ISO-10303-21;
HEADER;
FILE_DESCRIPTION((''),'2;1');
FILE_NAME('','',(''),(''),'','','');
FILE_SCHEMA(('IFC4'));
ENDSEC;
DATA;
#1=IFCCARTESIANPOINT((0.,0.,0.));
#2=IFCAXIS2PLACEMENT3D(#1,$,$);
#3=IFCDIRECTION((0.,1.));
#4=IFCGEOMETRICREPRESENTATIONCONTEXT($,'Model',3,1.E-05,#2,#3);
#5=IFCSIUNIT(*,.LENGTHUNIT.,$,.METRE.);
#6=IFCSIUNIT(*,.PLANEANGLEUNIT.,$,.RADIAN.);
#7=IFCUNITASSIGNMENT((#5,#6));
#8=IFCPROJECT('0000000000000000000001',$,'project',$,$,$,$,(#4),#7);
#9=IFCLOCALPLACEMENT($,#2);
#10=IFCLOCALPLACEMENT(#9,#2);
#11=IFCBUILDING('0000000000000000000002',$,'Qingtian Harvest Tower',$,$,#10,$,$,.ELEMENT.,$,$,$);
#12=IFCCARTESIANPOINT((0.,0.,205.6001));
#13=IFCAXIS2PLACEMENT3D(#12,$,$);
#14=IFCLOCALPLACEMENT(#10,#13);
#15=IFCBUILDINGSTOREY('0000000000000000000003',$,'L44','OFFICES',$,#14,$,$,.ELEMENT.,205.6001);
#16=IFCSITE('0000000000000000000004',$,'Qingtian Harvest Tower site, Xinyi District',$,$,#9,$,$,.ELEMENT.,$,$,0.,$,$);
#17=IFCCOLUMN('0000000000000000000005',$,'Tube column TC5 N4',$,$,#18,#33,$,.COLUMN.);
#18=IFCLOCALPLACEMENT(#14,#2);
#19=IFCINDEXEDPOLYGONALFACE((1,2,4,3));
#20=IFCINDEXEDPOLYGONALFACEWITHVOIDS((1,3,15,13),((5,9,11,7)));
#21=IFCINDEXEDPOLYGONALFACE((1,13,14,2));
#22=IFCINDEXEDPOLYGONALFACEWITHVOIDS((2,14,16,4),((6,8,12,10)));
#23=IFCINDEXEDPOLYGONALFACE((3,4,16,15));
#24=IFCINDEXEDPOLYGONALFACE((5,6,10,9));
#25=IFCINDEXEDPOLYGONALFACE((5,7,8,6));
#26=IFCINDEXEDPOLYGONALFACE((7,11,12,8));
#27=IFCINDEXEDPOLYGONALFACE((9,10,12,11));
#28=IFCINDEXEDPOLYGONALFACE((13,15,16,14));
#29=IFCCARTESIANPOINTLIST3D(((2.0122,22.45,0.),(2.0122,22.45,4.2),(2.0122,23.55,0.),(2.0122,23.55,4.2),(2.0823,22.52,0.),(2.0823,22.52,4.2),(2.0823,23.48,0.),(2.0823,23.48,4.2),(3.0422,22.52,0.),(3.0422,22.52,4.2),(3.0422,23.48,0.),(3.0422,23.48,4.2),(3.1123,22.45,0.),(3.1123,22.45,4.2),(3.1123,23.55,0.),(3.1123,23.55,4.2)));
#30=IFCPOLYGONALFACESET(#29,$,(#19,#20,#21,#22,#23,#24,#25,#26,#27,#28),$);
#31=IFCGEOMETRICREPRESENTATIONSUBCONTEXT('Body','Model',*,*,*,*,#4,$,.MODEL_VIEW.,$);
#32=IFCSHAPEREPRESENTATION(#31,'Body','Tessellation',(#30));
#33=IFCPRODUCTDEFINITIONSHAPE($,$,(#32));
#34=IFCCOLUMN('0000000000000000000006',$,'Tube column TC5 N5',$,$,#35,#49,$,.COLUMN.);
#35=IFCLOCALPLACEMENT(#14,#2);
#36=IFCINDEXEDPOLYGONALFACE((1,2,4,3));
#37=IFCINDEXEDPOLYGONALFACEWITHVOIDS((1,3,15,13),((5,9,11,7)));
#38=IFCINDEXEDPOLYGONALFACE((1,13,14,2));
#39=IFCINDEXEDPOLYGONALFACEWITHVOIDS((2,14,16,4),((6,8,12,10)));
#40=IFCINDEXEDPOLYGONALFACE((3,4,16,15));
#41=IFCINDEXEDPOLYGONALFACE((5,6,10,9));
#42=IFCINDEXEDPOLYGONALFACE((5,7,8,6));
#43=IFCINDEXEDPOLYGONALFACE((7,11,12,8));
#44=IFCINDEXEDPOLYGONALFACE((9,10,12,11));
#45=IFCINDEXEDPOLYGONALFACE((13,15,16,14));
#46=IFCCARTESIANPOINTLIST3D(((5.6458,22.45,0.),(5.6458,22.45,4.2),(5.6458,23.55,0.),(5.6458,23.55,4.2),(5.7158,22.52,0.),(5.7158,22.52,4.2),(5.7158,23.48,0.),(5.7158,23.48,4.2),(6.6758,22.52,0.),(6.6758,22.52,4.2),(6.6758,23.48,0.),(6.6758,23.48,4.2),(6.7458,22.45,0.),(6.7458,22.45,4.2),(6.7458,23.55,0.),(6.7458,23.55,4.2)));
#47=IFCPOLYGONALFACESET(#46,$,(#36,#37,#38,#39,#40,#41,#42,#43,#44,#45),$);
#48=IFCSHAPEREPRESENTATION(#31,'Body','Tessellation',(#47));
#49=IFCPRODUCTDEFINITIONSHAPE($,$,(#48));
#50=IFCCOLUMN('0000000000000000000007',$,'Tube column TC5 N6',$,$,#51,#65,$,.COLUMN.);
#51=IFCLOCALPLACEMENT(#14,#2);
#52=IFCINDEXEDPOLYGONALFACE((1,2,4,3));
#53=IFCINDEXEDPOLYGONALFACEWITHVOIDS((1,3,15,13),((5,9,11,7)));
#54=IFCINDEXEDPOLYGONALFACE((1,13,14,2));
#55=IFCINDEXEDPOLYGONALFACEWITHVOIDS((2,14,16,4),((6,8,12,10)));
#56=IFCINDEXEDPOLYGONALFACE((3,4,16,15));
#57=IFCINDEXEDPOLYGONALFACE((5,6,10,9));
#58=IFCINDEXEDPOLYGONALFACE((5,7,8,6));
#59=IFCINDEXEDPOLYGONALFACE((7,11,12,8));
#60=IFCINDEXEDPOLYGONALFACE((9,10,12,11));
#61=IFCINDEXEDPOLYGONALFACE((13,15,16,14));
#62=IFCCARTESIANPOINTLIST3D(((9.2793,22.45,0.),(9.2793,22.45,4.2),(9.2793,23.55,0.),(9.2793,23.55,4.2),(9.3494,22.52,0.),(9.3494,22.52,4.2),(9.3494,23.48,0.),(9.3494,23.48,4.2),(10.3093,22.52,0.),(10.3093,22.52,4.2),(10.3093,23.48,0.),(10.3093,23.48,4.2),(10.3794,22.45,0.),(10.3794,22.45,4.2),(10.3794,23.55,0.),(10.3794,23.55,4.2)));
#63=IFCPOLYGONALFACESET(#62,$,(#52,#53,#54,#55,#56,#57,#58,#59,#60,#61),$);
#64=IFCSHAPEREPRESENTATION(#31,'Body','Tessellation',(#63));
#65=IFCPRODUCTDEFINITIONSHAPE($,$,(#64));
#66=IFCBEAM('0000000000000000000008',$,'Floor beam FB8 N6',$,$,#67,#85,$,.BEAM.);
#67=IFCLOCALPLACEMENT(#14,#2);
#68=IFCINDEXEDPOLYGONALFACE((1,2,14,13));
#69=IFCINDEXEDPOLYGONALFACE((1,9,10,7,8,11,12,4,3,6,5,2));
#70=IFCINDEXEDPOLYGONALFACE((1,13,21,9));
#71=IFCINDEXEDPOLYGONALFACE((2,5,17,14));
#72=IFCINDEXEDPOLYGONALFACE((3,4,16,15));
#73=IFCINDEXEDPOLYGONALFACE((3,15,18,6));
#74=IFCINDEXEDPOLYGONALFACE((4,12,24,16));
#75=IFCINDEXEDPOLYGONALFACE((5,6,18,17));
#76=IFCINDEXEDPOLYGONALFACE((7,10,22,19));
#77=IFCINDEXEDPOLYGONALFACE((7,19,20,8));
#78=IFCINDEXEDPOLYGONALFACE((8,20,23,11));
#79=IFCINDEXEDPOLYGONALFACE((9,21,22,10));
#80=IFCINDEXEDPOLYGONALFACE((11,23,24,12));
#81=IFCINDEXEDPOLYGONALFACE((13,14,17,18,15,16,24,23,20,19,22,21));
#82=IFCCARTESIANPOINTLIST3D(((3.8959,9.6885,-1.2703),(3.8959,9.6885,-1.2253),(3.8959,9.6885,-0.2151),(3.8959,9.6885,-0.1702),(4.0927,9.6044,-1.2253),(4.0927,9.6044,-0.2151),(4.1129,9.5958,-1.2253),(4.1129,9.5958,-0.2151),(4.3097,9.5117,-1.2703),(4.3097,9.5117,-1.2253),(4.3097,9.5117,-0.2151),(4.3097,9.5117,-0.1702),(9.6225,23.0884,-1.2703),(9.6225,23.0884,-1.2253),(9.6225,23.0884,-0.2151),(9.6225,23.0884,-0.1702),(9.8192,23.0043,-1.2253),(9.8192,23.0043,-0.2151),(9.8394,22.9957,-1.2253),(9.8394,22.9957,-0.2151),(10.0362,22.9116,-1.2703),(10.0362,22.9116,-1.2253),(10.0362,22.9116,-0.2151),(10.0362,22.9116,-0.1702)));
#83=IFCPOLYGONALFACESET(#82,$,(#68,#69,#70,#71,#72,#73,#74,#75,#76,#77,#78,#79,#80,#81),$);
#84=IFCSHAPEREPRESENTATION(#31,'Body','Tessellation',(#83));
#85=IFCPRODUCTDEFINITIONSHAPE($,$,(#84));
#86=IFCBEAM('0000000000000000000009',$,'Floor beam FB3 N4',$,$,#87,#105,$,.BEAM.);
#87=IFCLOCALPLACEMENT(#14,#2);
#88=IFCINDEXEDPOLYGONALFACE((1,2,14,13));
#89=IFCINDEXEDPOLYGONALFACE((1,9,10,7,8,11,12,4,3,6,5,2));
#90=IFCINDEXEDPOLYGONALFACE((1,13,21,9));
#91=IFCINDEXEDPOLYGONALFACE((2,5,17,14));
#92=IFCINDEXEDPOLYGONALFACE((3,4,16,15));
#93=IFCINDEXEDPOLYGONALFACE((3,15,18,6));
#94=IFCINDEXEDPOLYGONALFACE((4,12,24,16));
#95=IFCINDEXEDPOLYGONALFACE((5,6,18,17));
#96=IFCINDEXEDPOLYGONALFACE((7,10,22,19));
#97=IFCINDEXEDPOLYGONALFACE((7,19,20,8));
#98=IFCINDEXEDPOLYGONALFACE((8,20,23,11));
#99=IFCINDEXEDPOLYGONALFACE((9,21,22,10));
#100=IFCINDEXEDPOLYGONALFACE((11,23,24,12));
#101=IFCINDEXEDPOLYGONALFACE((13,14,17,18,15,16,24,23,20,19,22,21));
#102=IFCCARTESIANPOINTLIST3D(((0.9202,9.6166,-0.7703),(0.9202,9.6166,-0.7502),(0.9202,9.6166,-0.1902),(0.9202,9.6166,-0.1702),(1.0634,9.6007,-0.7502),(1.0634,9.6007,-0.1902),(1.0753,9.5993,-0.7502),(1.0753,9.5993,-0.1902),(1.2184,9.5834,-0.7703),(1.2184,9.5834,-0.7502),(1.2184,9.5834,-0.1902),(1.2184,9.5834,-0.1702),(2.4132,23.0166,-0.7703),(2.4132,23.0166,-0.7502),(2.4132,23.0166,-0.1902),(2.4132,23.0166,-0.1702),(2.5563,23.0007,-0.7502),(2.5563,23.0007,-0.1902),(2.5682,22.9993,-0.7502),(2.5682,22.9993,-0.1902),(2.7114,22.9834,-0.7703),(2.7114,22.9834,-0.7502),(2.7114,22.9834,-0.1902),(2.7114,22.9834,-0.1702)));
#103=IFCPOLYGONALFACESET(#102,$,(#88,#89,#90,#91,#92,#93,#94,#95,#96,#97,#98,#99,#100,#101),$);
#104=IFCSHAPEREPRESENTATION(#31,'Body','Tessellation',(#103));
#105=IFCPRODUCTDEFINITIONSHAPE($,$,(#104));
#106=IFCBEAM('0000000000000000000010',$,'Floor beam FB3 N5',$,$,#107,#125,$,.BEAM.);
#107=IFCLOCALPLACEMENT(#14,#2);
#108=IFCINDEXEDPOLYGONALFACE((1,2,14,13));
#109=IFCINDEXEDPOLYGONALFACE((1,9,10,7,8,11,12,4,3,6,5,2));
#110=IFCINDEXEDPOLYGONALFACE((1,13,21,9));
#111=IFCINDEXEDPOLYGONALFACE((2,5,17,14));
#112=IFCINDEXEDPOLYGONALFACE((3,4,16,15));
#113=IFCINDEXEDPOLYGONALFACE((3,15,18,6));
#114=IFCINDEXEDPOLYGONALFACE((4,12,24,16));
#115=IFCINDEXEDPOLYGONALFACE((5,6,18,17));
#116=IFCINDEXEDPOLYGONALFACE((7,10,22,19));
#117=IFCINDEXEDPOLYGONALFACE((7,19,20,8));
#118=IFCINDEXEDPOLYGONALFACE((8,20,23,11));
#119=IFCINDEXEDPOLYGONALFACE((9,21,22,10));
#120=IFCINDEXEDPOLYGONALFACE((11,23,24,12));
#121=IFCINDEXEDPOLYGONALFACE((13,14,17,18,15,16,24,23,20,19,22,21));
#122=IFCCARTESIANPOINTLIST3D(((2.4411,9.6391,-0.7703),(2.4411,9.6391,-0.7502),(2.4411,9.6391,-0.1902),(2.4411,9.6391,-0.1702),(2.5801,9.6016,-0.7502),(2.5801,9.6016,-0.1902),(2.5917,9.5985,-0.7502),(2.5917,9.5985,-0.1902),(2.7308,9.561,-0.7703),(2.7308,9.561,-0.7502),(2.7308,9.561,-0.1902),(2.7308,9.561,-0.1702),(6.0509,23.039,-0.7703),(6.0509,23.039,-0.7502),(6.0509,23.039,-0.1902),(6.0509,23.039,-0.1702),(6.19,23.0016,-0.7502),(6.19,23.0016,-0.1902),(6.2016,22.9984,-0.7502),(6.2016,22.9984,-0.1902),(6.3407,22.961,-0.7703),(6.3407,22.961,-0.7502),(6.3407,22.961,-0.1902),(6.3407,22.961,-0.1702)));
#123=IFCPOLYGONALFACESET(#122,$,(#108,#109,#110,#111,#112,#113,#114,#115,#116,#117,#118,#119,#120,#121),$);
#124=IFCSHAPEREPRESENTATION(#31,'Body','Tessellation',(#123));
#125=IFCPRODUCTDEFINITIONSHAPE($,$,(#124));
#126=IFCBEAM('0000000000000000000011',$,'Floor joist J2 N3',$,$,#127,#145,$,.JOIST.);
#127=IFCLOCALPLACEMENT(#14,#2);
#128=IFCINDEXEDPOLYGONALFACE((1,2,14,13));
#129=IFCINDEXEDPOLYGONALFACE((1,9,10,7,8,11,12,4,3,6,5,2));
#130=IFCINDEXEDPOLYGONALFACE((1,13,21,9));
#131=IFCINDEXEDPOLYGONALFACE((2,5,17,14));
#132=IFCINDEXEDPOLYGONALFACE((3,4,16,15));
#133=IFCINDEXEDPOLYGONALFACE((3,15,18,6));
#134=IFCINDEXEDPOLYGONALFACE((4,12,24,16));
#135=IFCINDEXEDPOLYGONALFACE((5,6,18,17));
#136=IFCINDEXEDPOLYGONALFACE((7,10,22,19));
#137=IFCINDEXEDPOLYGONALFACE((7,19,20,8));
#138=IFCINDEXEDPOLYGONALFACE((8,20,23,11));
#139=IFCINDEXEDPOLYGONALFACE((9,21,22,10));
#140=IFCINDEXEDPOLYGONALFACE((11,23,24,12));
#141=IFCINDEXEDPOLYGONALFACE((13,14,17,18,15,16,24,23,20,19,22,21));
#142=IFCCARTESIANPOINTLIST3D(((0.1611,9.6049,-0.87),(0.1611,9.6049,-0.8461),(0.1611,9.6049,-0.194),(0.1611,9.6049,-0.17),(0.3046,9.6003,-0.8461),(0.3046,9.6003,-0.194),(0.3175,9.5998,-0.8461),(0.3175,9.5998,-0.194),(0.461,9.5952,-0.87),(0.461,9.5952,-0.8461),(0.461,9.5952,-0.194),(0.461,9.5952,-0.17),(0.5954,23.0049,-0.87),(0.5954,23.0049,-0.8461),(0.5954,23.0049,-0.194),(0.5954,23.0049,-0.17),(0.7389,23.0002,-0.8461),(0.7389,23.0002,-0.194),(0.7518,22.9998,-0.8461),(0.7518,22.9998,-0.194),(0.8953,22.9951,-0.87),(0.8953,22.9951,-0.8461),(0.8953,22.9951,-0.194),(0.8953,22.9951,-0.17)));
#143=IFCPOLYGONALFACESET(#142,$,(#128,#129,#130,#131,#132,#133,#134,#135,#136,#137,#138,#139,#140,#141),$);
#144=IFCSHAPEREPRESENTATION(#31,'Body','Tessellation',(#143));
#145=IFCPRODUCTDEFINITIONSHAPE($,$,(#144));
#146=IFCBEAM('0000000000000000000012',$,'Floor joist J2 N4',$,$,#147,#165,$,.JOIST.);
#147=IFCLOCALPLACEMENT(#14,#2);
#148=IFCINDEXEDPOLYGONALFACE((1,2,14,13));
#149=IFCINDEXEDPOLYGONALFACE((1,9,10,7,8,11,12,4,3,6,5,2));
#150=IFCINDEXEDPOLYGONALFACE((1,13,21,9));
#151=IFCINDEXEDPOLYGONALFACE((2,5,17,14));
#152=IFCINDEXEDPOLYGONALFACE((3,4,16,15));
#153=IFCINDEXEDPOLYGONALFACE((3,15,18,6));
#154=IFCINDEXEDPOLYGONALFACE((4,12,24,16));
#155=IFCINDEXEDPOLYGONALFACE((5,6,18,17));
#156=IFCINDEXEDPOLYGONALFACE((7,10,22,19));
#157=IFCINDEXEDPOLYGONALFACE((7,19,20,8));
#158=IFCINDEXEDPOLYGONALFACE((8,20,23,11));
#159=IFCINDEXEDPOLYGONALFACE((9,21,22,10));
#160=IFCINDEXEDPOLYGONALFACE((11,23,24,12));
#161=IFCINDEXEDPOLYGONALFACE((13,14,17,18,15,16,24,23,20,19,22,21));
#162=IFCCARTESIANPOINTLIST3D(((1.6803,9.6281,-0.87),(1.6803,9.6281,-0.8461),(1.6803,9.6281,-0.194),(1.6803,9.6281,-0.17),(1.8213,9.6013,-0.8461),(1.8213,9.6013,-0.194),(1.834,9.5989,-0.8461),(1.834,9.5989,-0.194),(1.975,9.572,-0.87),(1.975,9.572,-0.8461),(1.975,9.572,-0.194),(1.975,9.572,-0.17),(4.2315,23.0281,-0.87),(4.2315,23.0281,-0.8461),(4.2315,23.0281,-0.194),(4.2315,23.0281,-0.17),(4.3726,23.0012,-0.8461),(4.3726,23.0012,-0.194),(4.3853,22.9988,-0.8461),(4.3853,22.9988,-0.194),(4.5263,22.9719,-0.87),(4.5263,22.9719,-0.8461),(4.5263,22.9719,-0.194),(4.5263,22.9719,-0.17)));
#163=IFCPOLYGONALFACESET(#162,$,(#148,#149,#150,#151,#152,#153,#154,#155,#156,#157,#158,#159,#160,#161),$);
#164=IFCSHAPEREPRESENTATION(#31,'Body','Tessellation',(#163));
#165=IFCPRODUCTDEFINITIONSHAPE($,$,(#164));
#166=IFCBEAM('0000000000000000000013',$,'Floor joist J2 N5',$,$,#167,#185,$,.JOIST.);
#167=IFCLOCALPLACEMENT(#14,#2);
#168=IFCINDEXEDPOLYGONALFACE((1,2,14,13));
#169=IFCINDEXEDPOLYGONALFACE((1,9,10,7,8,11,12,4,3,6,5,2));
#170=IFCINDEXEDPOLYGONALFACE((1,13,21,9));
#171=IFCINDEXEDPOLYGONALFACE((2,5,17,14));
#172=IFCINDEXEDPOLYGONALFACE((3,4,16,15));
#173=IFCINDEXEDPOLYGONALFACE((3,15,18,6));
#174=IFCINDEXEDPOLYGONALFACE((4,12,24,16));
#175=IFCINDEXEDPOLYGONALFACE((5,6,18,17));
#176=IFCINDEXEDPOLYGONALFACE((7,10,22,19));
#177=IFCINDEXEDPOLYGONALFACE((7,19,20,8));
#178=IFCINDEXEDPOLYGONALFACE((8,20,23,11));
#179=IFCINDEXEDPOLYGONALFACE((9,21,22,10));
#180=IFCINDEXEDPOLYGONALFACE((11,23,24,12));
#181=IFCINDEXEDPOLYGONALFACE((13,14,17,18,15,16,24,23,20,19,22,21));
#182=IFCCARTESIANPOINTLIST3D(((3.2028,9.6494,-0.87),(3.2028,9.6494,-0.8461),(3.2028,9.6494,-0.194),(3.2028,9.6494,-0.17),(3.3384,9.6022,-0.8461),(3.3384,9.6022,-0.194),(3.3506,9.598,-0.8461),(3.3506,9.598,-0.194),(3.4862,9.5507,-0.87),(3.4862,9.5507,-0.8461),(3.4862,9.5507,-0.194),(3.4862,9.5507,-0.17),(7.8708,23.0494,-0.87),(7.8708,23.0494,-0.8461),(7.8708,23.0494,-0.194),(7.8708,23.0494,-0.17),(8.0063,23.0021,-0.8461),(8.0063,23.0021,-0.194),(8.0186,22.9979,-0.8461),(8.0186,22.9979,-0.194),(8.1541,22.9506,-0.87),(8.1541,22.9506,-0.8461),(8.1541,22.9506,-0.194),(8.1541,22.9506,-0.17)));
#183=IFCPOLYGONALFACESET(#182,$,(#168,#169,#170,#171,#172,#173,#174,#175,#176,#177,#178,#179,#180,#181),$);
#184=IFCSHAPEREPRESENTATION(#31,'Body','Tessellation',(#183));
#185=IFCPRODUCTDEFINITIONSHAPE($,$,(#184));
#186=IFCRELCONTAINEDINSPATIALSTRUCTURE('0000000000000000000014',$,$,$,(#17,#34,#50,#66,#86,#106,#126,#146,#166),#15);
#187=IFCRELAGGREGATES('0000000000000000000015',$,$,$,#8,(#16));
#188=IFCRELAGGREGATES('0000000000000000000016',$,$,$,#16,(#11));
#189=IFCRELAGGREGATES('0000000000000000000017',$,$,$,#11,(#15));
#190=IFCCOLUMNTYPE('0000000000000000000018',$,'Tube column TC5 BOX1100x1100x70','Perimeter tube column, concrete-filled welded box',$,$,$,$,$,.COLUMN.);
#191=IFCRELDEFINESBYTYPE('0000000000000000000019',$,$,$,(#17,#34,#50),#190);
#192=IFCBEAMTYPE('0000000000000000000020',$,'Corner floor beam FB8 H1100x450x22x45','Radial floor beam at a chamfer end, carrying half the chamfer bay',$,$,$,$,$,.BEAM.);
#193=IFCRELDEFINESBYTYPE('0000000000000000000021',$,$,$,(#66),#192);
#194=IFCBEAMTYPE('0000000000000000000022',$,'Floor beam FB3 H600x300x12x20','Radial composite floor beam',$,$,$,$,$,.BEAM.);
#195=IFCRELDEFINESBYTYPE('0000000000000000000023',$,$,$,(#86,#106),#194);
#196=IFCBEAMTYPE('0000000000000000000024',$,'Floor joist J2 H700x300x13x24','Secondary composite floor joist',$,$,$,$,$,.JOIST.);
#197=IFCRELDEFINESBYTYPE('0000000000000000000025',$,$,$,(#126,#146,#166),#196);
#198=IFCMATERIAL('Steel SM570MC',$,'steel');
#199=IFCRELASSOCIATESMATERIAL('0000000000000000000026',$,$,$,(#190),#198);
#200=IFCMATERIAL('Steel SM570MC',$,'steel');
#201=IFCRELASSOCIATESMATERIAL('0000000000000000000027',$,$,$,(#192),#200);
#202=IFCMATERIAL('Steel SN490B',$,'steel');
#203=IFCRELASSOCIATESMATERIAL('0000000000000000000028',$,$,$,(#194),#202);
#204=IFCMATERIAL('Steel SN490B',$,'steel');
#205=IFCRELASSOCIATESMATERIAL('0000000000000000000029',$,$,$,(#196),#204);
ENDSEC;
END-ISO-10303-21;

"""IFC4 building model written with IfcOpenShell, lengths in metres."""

from ifc_helpers import new_model, si_unit, direction, frame, origin, origin_2d, place, context, subcontext, project, spatial, hollow_rectangle, i_section, extrude, material, material_profile, profile_set, type_object, element, save


model = new_model("IFC4")

# Units and contexts
model_context = context("Model", 3, precision=1e-05, world=origin(), true_north=direction((0.0, 1.0)))
body_context = subcontext(model_context, "Body", "Model", "MODEL_VIEW")
ifc_project = project(units=[si_unit("LENGTHUNIT", "METRE"), si_unit("PLANEANGLEUNIT", "RADIAN")], contexts=[model_context])

# Site, building, storey
site_placement = place(None, origin())
site = spatial("IfcSite", under=ifc_project, at=site_placement, Name="Qingtian Harvest Tower site, Xinyi District", CompositionType="ELEMENT", RefElevation=0.0)
building_placement = place(site_placement, origin())
building = spatial("IfcBuilding", under=site, at=building_placement, Name="Qingtian Harvest Tower", CompositionType="ELEMENT")
storey_placement = place(building_placement, frame((0.0, 0.0, 205.6001)))
storey = spatial("IfcBuildingStorey", under=building, at=storey_placement, Name="L44", Description="OFFICES", CompositionType="ELEMENT", Elevation=205.6001)

# Columns
ifc_material_1 = material(Name="Steel SM570MC", Category="steel")
ifc_material_profile_1 = material_profile(ifc_material_1, hollow_rectangle(XDim=1.1001, YDim=1.1001, WallThickness=0.0701, at=origin_2d()), Name="BOX1100x1100x70")
ifc_profile_set_1 = profile_set([ifc_material_profile_1], Name="Steel SM570MC")
column_type = type_object("IfcColumnType", Name="Tube column TC5 BOX1100x1100x70", Description="Perimeter tube column, concrete-filled welded box", PredefinedType="COLUMN", material=ifc_profile_set_1)
for number, where, z_axis, x_axis, name in (
    (1, (2.5623, 23.0, 0.0), (0.0, 0.0, 1.0), (-1.0, 0.0, 0.0), "Tube column TC5 N4"),
    (2, (6.1958, 23.0, 0.0), (0.0, 0.0, 1.0), (-1.0, 0.0, 0.0), "Tube column TC5 N5"),
    (3, (9.8293, 23.0, 0.0), (0.0, 0.0, 1.0), (-1.0, 0.0, 0.0), "Tube column TC5 N6"),
):
    element("IfcColumn", number, at=place(storey_placement, frame(where, z_axis=z_axis, x_axis=x_axis)), inside=storey, type_object=column_type, Name=name, PredefinedType="COLUMN", context=body_context, shape_type="SweptSolid", body=[
        extrude(hollow_rectangle(XDim=1.1001, YDim=1.1001, WallThickness=0.0701, at=origin_2d()), origin(), (0.0, 0.0, 1.0), 4.2),
    ])

# Beams
ifc_material_2 = material(Name="Steel SM570MC", Category="steel")
ifc_material_profile_2 = material_profile(ifc_material_2, i_section(OverallWidth=0.45, OverallDepth=1.1001, WebThickness=0.022, FlangeThickness=0.0449, at=origin_2d()), Name="H1100x450x22x45")
ifc_profile_set_2 = profile_set([ifc_material_profile_2], Name="Steel SM570MC")
beam_type_1 = type_object("IfcBeamType", Name="Corner floor beam FB8 H1100x450x22x45", Description="Radial floor beam at a chamfer end, carrying half the chamfer bay", PredefinedType="BEAM", material=ifc_profile_set_2)
beam_1_placement = place(storey_placement, frame((9.8293, 23.0, -0.7202), z_axis=(-0.392977, -0.919548, 0.0), x_axis=(0.919548, -0.392977, 0.0)))
element("IfcBeam", 4, at=beam_1_placement, inside=storey, type_object=beam_type_1, Name="Floor beam FB8 N6", PredefinedType="BEAM", context=body_context, shape_type="SweptSolid", body=[
    extrude(i_section(OverallWidth=0.45, OverallDepth=1.1001, WebThickness=0.022, FlangeThickness=0.0449, at=origin_2d()), origin(), (0.0, 0.0, 1.0), 14.5723),
])
ifc_material_3 = material(Name="Steel SN490B", Category="steel")
ifc_material_profile_3 = material_profile(ifc_material_3, i_section(OverallWidth=0.3, OverallDepth=0.6001, WebThickness=0.012, FlangeThickness=0.02, at=origin_2d()), Name="H600x300x12x20")
ifc_profile_set_3 = profile_set([ifc_material_profile_3], Name="Steel SN490B")
beam_type_2 = type_object("IfcBeamType", Name="Floor beam FB3 H600x300x12x20", Description="Radial composite floor beam", PredefinedType="BEAM", material=ifc_profile_set_3)
beam_2_placement = place(storey_placement, frame((2.5623, 23.0, -0.4702), z_axis=(-0.110728, -0.993851, 0.0), x_axis=(0.993851, -0.110728, 0.0)))
element("IfcBeam", 5, at=beam_2_placement, inside=storey, type_object=beam_type_2, Name="Floor beam FB3 N4", PredefinedType="BEAM", context=body_context, shape_type="SweptSolid", body=[
    extrude(i_section(OverallWidth=0.3, OverallDepth=0.6001, WebThickness=0.012, FlangeThickness=0.02, at=origin_2d()), origin(), (0.0, 0.0, 1.0), 13.4829),
])
beam_3_placement = place(storey_placement, frame((6.1958, 23.0, -0.4702), z_axis=(-0.260121, -0.965576, 0.0), x_axis=(0.965576, -0.260121, 0.0)))
element("IfcBeam", 6, at=beam_3_placement, inside=storey, type_object=beam_type_2, Name="Floor beam FB3 N5", PredefinedType="BEAM", context=body_context, shape_type="SweptSolid", body=[
    extrude(i_section(OverallWidth=0.3, OverallDepth=0.6001, WebThickness=0.012, FlangeThickness=0.02, at=origin_2d()), origin(), (0.0, 0.0, 1.0), 13.8777),
])
ifc_material_4 = material(Name="Steel SN490B", Category="steel")
ifc_material_profile_4 = material_profile(ifc_material_4, i_section(OverallWidth=0.3, OverallDepth=0.7, WebThickness=0.0129, FlangeThickness=0.0239, at=origin_2d()), Name="H700x300x13x24")
ifc_profile_set_4 = profile_set([ifc_material_profile_4], Name="Steel SN490B")
beam_type_3 = type_object("IfcBeamType", Name="Floor joist J2 H700x300x13x24", Description="Secondary composite floor joist", PredefinedType="JOIST", material=ifc_profile_set_4)
beam_4_placement = place(storey_placement, frame((0.7454, 23.0, -0.52), z_axis=(-0.032396, -0.999475, 0.0), x_axis=(0.999475, -0.032396, 0.0)))
element("IfcBeam", 7, at=beam_4_placement, inside=storey, type_object=beam_type_3, Name="Floor joist J2 N3", PredefinedType="JOIST", context=body_context, shape_type="SweptSolid", body=[
    extrude(i_section(OverallWidth=0.3, OverallDepth=0.7, WebThickness=0.0129, FlangeThickness=0.0239, at=origin_2d()), origin(), (0.0, 0.0, 1.0), 13.407),
])
beam_5_placement = place(storey_placement, frame((4.3789, 23.0, -0.52), z_axis=(-0.187035, -0.982353, 0.0), x_axis=(0.982353, -0.187035, 0.0)))
element("IfcBeam", 8, at=beam_5_placement, inside=storey, type_object=beam_type_3, Name="Floor joist J2 N4", PredefinedType="JOIST", context=body_context, shape_type="SweptSolid", body=[
    extrude(i_section(OverallWidth=0.3, OverallDepth=0.7, WebThickness=0.0129, FlangeThickness=0.0239, at=origin_2d()), origin(), (0.0, 0.0, 1.0), 13.6406),
])
beam_6_placement = place(storey_placement, frame((8.0125, 23.0, -0.52), z_axis=(-0.328969, -0.944341, 0.0), x_axis=(0.944341, -0.328969, 0.0)))
element("IfcBeam", 9, at=beam_6_placement, inside=storey, type_object=beam_type_3, Name="Floor joist J2 N5", PredefinedType="JOIST", context=body_context, shape_type="SweptSolid", body=[
    extrude(i_section(OverallWidth=0.3, OverallDepth=0.7, WebThickness=0.0129, FlangeThickness=0.0239, at=origin_2d()), origin(), (0.0, 0.0, 1.0), 14.1897),
])

save(model, "model.ifc")
